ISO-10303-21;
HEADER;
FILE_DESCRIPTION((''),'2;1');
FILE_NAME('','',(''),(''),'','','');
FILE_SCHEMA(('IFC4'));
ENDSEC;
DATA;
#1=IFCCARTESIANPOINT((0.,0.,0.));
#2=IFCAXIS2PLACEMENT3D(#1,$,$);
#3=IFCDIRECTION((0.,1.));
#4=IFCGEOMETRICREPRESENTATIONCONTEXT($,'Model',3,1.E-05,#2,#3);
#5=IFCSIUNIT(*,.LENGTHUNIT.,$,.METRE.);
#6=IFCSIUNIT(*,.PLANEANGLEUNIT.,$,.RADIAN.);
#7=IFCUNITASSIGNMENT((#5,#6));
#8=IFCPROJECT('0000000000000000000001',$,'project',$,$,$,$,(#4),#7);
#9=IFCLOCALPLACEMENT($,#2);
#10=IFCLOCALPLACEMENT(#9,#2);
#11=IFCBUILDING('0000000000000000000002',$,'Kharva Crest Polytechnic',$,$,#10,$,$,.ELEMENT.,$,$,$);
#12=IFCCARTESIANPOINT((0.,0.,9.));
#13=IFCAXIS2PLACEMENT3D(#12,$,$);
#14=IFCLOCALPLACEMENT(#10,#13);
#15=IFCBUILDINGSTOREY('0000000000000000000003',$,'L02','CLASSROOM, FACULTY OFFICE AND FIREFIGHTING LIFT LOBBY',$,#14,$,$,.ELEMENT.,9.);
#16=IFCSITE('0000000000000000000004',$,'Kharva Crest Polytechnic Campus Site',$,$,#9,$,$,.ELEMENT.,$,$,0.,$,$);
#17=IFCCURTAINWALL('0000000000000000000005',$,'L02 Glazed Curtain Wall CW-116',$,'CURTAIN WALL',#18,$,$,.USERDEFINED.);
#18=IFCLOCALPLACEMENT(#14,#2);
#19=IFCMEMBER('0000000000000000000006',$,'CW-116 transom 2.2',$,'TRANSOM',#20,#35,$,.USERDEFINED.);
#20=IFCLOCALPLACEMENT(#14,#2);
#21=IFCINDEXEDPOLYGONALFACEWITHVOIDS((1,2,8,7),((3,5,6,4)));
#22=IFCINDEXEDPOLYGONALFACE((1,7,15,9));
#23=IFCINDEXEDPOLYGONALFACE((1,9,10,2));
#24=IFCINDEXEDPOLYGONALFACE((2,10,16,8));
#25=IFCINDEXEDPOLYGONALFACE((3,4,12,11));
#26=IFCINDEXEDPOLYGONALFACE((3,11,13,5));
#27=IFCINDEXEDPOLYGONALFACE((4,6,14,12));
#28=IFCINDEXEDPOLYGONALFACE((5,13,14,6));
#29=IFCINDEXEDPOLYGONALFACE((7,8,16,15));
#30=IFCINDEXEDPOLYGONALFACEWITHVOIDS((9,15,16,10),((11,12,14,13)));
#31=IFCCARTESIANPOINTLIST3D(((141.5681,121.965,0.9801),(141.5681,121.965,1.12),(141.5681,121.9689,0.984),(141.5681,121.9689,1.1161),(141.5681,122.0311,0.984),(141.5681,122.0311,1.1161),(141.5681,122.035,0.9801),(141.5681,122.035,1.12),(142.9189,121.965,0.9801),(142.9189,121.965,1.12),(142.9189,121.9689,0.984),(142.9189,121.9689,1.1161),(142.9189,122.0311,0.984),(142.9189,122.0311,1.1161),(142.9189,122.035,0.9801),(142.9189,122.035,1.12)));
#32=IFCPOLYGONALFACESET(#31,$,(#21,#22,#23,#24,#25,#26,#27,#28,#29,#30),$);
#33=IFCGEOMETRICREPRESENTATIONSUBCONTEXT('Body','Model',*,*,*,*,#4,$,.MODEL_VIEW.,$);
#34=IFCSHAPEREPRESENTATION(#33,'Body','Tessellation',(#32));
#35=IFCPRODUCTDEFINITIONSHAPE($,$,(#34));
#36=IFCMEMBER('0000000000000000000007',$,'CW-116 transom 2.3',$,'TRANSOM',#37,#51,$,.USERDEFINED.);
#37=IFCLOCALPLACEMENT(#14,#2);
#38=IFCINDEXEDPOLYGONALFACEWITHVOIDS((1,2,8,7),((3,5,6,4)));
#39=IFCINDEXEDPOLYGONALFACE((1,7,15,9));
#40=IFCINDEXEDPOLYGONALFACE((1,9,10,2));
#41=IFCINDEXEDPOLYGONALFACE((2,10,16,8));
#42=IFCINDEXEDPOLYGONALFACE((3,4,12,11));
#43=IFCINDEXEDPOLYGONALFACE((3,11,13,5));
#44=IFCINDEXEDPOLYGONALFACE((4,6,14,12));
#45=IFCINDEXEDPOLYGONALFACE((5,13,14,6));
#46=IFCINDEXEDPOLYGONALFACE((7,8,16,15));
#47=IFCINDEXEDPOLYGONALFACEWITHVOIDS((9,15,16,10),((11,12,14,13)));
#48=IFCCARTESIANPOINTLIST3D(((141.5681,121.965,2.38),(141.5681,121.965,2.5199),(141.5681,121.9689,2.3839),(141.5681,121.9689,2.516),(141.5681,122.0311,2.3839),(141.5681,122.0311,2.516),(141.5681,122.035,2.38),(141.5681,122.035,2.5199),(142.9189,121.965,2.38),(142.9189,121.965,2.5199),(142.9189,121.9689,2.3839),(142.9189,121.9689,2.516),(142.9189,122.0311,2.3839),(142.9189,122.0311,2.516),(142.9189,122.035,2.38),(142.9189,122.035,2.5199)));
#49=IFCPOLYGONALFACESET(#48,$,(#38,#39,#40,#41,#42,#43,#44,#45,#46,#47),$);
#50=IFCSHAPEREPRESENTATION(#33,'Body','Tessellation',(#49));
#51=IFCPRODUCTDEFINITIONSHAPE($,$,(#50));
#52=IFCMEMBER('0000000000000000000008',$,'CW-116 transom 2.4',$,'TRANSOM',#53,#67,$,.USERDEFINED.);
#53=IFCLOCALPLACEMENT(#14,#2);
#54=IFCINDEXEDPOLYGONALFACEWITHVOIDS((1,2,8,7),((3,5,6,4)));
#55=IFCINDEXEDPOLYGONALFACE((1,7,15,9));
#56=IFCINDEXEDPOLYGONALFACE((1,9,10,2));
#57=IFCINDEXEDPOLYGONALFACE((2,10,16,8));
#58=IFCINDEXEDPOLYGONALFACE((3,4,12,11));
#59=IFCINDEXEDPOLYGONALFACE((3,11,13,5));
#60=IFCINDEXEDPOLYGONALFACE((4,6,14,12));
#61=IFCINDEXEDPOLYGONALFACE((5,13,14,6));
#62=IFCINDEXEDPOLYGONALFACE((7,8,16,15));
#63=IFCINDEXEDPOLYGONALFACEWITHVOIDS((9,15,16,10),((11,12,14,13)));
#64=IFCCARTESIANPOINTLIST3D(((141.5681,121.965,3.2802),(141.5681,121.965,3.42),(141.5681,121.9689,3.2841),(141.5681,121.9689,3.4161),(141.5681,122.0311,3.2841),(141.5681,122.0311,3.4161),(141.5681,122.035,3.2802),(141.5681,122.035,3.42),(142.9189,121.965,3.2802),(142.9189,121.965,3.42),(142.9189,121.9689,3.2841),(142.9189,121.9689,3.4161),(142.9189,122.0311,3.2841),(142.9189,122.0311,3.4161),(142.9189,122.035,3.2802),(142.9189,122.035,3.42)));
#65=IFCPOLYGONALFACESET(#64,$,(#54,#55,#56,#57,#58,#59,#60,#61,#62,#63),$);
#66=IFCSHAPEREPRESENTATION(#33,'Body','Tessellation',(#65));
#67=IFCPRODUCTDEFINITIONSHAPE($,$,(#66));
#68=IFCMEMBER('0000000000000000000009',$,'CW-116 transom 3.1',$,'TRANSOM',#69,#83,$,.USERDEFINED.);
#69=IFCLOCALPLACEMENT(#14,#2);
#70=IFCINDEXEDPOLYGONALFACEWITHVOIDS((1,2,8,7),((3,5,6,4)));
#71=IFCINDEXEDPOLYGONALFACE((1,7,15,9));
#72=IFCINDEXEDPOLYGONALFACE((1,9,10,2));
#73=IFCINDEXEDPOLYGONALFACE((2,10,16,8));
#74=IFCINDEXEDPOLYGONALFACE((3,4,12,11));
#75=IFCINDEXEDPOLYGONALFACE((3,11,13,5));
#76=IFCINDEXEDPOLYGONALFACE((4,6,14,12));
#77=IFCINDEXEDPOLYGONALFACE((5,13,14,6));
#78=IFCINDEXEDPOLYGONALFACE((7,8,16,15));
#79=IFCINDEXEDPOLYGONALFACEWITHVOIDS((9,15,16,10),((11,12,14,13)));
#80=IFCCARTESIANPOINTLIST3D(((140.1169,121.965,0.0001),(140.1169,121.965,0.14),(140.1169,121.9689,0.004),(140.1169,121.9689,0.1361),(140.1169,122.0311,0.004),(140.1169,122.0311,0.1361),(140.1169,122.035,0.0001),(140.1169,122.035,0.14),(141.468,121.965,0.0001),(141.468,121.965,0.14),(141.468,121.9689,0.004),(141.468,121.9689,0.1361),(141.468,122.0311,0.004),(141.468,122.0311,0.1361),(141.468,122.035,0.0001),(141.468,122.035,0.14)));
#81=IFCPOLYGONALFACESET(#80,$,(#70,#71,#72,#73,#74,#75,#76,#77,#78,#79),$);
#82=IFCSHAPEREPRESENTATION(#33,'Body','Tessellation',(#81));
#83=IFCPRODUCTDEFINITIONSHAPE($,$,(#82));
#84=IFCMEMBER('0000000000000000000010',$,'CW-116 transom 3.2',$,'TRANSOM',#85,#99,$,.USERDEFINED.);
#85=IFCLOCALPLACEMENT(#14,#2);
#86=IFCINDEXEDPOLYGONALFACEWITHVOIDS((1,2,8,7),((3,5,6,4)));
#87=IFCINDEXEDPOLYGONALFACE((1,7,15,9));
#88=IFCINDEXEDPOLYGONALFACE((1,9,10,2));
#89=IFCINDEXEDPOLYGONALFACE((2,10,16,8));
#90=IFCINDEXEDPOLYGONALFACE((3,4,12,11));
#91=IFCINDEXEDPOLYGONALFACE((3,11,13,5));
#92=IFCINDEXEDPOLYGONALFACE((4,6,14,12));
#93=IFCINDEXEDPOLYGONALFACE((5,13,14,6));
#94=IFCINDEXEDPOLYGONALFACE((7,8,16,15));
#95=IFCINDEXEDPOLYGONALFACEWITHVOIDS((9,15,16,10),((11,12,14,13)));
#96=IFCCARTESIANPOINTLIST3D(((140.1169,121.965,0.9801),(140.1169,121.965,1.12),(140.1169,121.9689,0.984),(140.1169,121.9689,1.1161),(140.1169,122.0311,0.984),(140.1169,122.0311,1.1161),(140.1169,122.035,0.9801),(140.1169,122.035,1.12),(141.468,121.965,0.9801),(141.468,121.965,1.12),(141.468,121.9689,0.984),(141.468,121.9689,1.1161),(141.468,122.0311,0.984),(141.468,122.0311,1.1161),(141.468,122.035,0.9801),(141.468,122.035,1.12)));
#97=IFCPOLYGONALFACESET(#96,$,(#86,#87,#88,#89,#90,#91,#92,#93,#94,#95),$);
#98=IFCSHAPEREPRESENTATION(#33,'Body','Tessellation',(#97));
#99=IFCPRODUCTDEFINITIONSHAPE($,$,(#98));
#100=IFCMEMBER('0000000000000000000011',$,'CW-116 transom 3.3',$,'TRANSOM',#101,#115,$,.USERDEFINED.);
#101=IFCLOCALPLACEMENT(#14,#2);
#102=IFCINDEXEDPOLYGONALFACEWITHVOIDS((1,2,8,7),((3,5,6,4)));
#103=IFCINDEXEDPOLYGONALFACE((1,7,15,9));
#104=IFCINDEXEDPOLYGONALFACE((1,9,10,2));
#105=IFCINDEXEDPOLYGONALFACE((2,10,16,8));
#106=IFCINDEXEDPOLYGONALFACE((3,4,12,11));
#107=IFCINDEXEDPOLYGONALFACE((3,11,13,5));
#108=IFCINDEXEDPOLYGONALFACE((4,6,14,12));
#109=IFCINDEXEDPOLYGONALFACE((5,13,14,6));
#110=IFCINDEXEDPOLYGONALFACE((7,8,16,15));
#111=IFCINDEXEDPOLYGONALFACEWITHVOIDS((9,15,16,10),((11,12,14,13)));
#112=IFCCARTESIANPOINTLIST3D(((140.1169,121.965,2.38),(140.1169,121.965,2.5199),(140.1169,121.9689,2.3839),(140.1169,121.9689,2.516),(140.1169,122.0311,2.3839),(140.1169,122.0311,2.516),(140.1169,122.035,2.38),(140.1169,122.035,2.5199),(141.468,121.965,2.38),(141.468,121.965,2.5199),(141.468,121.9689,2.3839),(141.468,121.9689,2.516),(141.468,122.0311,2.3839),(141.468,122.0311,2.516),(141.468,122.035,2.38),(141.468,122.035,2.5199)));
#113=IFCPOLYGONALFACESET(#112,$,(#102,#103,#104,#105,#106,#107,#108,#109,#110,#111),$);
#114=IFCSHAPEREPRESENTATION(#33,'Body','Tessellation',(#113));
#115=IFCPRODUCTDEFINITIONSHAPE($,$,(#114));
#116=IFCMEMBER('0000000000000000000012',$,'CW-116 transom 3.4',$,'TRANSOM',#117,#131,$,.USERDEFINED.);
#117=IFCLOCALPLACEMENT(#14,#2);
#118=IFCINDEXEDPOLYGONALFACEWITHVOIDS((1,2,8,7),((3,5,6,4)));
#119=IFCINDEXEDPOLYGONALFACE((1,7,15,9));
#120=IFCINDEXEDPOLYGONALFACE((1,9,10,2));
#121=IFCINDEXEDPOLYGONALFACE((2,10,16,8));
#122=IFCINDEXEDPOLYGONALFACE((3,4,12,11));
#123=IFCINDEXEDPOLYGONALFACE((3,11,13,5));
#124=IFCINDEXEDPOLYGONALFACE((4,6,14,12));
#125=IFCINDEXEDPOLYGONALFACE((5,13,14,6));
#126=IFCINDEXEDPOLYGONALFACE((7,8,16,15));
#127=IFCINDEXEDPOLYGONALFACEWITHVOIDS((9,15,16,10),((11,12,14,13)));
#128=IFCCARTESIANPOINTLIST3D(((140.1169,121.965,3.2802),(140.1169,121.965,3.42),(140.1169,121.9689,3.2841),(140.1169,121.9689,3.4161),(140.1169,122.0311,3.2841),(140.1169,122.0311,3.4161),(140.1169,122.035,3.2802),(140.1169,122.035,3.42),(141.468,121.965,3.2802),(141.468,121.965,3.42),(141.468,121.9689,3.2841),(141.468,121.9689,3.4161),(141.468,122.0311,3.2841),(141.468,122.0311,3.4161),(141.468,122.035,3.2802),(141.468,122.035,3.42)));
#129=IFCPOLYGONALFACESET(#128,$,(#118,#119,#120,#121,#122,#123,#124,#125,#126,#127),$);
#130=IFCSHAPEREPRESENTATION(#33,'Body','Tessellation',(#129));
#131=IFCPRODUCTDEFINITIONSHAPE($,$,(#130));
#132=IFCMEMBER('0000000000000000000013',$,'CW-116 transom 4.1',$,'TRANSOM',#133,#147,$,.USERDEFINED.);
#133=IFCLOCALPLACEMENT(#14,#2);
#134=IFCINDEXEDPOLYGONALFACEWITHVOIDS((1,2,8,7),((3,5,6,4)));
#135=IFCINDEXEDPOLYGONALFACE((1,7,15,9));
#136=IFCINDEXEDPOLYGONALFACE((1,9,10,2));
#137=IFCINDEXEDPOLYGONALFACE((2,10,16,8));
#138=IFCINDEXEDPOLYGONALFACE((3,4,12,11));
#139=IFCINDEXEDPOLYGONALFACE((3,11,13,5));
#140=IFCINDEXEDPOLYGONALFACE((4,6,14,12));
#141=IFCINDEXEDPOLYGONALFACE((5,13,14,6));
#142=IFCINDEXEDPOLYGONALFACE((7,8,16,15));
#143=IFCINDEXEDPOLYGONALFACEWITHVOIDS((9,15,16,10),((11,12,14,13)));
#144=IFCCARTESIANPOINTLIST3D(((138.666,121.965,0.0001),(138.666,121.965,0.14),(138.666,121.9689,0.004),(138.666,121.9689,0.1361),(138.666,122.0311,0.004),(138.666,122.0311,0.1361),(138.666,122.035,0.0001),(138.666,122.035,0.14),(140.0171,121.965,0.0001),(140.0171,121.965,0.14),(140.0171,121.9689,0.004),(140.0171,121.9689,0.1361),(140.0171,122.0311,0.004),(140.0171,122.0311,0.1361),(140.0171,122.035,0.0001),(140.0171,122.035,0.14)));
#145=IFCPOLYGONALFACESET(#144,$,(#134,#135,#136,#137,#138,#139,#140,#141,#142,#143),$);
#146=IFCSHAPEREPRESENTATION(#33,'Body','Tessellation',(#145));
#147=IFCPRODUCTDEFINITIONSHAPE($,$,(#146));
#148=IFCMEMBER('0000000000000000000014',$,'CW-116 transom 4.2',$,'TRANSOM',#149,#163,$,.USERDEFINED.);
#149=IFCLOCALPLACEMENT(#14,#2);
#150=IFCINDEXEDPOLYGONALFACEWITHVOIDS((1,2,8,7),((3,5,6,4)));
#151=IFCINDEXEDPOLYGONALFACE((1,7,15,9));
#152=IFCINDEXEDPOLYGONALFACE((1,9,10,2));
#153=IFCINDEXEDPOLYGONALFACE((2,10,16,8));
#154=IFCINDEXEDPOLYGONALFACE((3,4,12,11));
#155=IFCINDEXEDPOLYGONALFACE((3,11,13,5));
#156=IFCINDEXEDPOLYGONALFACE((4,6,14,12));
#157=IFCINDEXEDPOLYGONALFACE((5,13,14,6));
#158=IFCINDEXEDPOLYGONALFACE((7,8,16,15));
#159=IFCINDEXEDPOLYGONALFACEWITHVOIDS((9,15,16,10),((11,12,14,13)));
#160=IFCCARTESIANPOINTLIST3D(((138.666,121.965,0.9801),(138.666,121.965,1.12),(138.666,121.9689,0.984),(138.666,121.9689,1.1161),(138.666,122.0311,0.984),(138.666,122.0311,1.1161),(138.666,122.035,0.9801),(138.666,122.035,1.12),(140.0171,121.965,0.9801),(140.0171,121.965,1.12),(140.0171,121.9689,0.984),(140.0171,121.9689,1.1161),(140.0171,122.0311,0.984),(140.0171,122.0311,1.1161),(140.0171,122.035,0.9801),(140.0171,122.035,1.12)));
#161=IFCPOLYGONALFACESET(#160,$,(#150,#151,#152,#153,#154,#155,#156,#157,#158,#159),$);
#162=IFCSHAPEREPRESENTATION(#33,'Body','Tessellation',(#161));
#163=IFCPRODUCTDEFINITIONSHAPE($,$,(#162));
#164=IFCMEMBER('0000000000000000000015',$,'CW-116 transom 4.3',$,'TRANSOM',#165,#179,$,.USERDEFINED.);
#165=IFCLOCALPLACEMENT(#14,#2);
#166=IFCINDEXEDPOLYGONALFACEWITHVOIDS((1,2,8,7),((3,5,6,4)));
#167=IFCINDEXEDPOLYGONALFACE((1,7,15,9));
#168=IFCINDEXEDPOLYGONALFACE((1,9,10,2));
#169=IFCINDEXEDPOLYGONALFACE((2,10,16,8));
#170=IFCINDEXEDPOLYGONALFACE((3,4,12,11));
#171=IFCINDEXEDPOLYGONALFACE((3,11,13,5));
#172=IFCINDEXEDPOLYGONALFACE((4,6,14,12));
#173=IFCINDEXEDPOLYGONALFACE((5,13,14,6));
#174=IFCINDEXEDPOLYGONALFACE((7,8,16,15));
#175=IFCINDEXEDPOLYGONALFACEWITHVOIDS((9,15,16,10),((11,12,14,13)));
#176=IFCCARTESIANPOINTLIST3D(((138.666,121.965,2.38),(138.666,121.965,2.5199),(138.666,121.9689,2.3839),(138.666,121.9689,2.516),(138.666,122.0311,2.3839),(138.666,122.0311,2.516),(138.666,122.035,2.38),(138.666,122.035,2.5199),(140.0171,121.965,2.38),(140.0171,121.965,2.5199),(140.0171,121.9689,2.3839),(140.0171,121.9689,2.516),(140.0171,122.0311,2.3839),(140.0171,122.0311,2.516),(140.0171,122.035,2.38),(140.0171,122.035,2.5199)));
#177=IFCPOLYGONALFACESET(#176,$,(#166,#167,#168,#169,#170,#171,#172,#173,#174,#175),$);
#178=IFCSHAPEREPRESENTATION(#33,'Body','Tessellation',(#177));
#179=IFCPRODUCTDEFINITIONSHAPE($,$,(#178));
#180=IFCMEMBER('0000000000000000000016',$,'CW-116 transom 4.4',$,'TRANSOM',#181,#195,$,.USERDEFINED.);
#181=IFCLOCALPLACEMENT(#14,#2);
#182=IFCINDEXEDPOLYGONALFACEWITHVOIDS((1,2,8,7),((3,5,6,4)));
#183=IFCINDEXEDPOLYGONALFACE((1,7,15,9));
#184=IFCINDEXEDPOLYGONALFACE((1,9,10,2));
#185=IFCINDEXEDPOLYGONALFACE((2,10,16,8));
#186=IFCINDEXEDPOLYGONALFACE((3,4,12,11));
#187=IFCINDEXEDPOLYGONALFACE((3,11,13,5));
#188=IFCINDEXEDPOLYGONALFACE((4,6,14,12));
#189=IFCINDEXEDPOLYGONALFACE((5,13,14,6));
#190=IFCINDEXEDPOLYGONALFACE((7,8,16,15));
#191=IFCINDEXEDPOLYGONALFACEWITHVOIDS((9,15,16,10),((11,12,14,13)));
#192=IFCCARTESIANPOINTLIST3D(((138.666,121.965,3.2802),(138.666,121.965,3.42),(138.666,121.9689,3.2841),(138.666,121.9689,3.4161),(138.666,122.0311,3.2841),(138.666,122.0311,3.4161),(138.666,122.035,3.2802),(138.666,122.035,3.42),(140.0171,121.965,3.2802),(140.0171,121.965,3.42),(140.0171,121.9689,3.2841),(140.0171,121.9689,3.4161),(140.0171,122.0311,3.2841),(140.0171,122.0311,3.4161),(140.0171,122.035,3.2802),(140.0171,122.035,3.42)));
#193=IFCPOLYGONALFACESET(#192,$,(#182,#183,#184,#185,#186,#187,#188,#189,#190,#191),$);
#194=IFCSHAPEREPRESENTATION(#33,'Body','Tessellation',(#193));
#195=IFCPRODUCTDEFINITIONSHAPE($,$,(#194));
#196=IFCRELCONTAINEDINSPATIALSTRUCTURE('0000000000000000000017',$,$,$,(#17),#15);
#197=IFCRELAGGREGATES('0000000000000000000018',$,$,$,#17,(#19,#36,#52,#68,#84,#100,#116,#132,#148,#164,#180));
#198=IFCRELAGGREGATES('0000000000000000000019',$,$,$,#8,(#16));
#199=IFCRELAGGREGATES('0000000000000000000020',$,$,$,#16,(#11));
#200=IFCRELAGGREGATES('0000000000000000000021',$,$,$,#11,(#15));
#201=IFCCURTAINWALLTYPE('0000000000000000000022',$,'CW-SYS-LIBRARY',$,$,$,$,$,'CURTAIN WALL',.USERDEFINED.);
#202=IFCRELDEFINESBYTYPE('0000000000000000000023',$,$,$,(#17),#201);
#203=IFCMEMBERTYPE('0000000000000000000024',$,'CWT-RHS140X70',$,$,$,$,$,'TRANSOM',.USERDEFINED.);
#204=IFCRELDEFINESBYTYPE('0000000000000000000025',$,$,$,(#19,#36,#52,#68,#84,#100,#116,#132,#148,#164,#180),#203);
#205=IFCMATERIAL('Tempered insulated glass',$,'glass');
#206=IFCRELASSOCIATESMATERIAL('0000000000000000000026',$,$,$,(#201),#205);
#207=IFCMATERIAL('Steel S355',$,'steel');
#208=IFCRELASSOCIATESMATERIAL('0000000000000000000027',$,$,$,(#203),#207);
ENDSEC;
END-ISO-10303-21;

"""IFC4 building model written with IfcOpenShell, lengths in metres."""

from ifc_helpers import new_model, si_unit, direction, frame, origin, origin_2d, place, context, subcontext, project, spatial, hollow_rectangle, extrude, material, material_profile, profile_set, type_object, element, aggregate, save


model = new_model("IFC4")

# Units and contexts
model_context = context("Model", 3, precision=1e-05, world=origin(), true_north=direction((0.0, 1.0)))
body_context = subcontext(model_context, "Body", "Model", "MODEL_VIEW")
ifc_project = project(units=[si_unit("LENGTHUNIT", "METRE"), si_unit("PLANEANGLEUNIT", "RADIAN")], contexts=[model_context])

# Site, building, storey
site_placement = place(None, origin())
site = spatial("IfcSite", under=ifc_project, at=site_placement, Name="Kharva Crest Polytechnic Campus Site", CompositionType="ELEMENT", RefElevation=0.0)
building_placement = place(site_placement, origin())
building = spatial("IfcBuilding", under=site, at=building_placement, Name="Kharva Crest Polytechnic", CompositionType="ELEMENT")
storey_placement = place(building_placement, frame((0.0, 0.0, 9.0)))
storey = spatial("IfcBuildingStorey", under=building, at=storey_placement, Name="L02", Description="CLASSROOM, FACULTY OFFICE AND FIREFIGHTING LIFT LOBBY", CompositionType="ELEMENT", Elevation=9.0)

# Curtain wall, members
ifc_material_1 = material(Name="Tempered insulated glass", Category="glass")
curtain_wall_type = type_object("IfcCurtainWallType", Name="CW-SYS-LIBRARY", ElementType="CURTAIN WALL", PredefinedType="USERDEFINED", material=ifc_material_1)
curtain_wall_placement = place(storey_placement, origin())
curtain_wall = element("IfcCurtainWall", 1, at=curtain_wall_placement, inside=storey, type_object=curtain_wall_type, Name="L02 Glazed Curtain Wall CW-116", ObjectType="CURTAIN WALL", PredefinedType="USERDEFINED")
ifc_material_2 = material(Name="Steel S355", Category="steel")
ifc_material_profile_1 = material_profile(ifc_material_2, hollow_rectangle(XDim=0.0701, YDim=0.1399, WallThickness=0.0039, at=origin_2d()), Name="RHS 140X70X4.0")
ifc_profile_set_1 = profile_set([ifc_material_profile_1], Name="Steel S355")
member_type_1 = type_object("IfcMemberType", Name="CWT-RHS140X70", ElementType="TRANSOM", PredefinedType="USERDEFINED", material=ifc_profile_set_1)
member_1_placement = place(storey_placement, frame((142.9189, 122.0, 1.05), z_axis=(-1.0, 0.0, 0.0), x_axis=(0.0, -1.0, 0.0)))
member_1 = element("IfcMember", 2, at=member_1_placement, type_object=member_type_1, Name="CW-116 transom 2.2", ObjectType="TRANSOM", PredefinedType="USERDEFINED", context=body_context, shape_type="SweptSolid", body=[
    extrude(hollow_rectangle(XDim=0.0701, YDim=0.1399, WallThickness=0.0039, at=origin_2d()), origin(), (0.0, 0.0, 1.0), 1.3508),
])
member_2_placement = place(storey_placement, frame((142.9189, 122.0, 2.45), z_axis=(-1.0, 0.0, 0.0), x_axis=(0.0, -1.0, 0.0)))
member_2 = element("IfcMember", 3, at=member_2_placement, type_object=member_type_1, Name="CW-116 transom 2.3", ObjectType="TRANSOM", PredefinedType="USERDEFINED", context=body_context, shape_type="SweptSolid", body=[
    extrude(hollow_rectangle(XDim=0.0701, YDim=0.1399, WallThickness=0.0039, at=origin_2d()), origin(), (0.0, 0.0, 1.0), 1.3508),
])
member_3_placement = place(storey_placement, frame((142.9189, 122.0, 3.3501), z_axis=(-1.0, 0.0, 0.0), x_axis=(0.0, -1.0, 0.0)))
member_3 = element("IfcMember", 4, at=member_3_placement, type_object=member_type_1, Name="CW-116 transom 2.4", ObjectType="TRANSOM", PredefinedType="USERDEFINED", context=body_context, shape_type="SweptSolid", body=[
    extrude(hollow_rectangle(XDim=0.0701, YDim=0.1399, WallThickness=0.0039, at=origin_2d()), origin(), (0.0, 0.0, 1.0), 1.3508),
])
member_4_placement = place(storey_placement, frame((141.468, 122.0, 0.0701), z_axis=(-1.0, 0.0, 0.0), x_axis=(0.0, -1.0, 0.0)))
member_4 = element("IfcMember", 5, at=member_4_placement, type_object=member_type_1, Name="CW-116 transom 3.1", ObjectType="TRANSOM", PredefinedType="USERDEFINED", context=body_context, shape_type="SweptSolid", body=[
    extrude(hollow_rectangle(XDim=0.0701, YDim=0.1399, WallThickness=0.0039, at=origin_2d()), origin(), (0.0, 0.0, 1.0), 1.3511),
])
member_5_placement = place(storey_placement, frame((141.468, 122.0, 1.05), z_axis=(-1.0, 0.0, 0.0), x_axis=(0.0, -1.0, 0.0)))
member_5 = element("IfcMember", 6, at=member_5_placement, type_object=member_type_1, Name="CW-116 transom 3.2", ObjectType="TRANSOM", PredefinedType="USERDEFINED", context=body_context, shape_type="SweptSolid", body=[
    extrude(hollow_rectangle(XDim=0.0701, YDim=0.1399, WallThickness=0.0039, at=origin_2d()), origin(), (0.0, 0.0, 1.0), 1.3511),
])
member_6_placement = place(storey_placement, frame((141.468, 122.0, 2.45), z_axis=(-1.0, 0.0, 0.0), x_axis=(0.0, -1.0, 0.0)))
member_6 = element("IfcMember", 7, at=member_6_placement, type_object=member_type_1, Name="CW-116 transom 3.3", ObjectType="TRANSOM", PredefinedType="USERDEFINED", context=body_context, shape_type="SweptSolid", body=[
    extrude(hollow_rectangle(XDim=0.0701, YDim=0.1399, WallThickness=0.0039, at=origin_2d()), origin(), (0.0, 0.0, 1.0), 1.3511),
])
member_7_placement = place(storey_placement, frame((141.468, 122.0, 3.3501), z_axis=(-1.0, 0.0, 0.0), x_axis=(0.0, -1.0, 0.0)))
member_7 = element("IfcMember", 8, at=member_7_placement, type_object=member_type_1, Name="CW-116 transom 3.4", ObjectType="TRANSOM", PredefinedType="USERDEFINED", context=body_context, shape_type="SweptSolid", body=[
    extrude(hollow_rectangle(XDim=0.0701, YDim=0.1399, WallThickness=0.0039, at=origin_2d()), origin(), (0.0, 0.0, 1.0), 1.3511),
])
member_8_placement = place(storey_placement, frame((140.0171, 122.0, 0.0701), z_axis=(-1.0, 0.0, 0.0), x_axis=(0.0, -1.0, 0.0)))
member_8 = element("IfcMember", 9, at=member_8_placement, type_object=member_type_1, Name="CW-116 transom 4.1", ObjectType="TRANSOM", PredefinedType="USERDEFINED", context=body_context, shape_type="SweptSolid", body=[
    extrude(hollow_rectangle(XDim=0.0701, YDim=0.1399, WallThickness=0.0039, at=origin_2d()), origin(), (0.0, 0.0, 1.0), 1.3511),
])
member_9_placement = place(storey_placement, frame((140.0171, 122.0, 1.05), z_axis=(-1.0, 0.0, 0.0), x_axis=(0.0, -1.0, 0.0)))
member_9 = element("IfcMember", 10, at=member_9_placement, type_object=member_type_1, Name="CW-116 transom 4.2", ObjectType="TRANSOM", PredefinedType="USERDEFINED", context=body_context, shape_type="SweptSolid", body=[
    extrude(hollow_rectangle(XDim=0.0701, YDim=0.1399, WallThickness=0.0039, at=origin_2d()), origin(), (0.0, 0.0, 1.0), 1.3511),
])
member_10_placement = place(storey_placement, frame((140.0171, 122.0, 2.45), z_axis=(-1.0, 0.0, 0.0), x_axis=(0.0, -1.0, 0.0)))
member_10 = element("IfcMember", 11, at=member_10_placement, type_object=member_type_1, Name="CW-116 transom 4.3", ObjectType="TRANSOM", PredefinedType="USERDEFINED", context=body_context, shape_type="SweptSolid", body=[
    extrude(hollow_rectangle(XDim=0.0701, YDim=0.1399, WallThickness=0.0039, at=origin_2d()), origin(), (0.0, 0.0, 1.0), 1.3511),
])
member_11_placement = place(storey_placement, frame((140.0171, 122.0, 3.3501), z_axis=(-1.0, 0.0, 0.0), x_axis=(0.0, -1.0, 0.0)))
member_11 = element("IfcMember", 12, at=member_11_placement, type_object=member_type_1, Name="CW-116 transom 4.4", ObjectType="TRANSOM", PredefinedType="USERDEFINED", context=body_context, shape_type="SweptSolid", body=[
    extrude(hollow_rectangle(XDim=0.0701, YDim=0.1399, WallThickness=0.0039, at=origin_2d()), origin(), (0.0, 0.0, 1.0), 1.3511),
])
aggregate(curtain_wall, [member_1, member_2, member_3, member_4, member_5, member_6, member_7, member_8, member_9, member_10, member_11])

save(model, "model.ifc")
